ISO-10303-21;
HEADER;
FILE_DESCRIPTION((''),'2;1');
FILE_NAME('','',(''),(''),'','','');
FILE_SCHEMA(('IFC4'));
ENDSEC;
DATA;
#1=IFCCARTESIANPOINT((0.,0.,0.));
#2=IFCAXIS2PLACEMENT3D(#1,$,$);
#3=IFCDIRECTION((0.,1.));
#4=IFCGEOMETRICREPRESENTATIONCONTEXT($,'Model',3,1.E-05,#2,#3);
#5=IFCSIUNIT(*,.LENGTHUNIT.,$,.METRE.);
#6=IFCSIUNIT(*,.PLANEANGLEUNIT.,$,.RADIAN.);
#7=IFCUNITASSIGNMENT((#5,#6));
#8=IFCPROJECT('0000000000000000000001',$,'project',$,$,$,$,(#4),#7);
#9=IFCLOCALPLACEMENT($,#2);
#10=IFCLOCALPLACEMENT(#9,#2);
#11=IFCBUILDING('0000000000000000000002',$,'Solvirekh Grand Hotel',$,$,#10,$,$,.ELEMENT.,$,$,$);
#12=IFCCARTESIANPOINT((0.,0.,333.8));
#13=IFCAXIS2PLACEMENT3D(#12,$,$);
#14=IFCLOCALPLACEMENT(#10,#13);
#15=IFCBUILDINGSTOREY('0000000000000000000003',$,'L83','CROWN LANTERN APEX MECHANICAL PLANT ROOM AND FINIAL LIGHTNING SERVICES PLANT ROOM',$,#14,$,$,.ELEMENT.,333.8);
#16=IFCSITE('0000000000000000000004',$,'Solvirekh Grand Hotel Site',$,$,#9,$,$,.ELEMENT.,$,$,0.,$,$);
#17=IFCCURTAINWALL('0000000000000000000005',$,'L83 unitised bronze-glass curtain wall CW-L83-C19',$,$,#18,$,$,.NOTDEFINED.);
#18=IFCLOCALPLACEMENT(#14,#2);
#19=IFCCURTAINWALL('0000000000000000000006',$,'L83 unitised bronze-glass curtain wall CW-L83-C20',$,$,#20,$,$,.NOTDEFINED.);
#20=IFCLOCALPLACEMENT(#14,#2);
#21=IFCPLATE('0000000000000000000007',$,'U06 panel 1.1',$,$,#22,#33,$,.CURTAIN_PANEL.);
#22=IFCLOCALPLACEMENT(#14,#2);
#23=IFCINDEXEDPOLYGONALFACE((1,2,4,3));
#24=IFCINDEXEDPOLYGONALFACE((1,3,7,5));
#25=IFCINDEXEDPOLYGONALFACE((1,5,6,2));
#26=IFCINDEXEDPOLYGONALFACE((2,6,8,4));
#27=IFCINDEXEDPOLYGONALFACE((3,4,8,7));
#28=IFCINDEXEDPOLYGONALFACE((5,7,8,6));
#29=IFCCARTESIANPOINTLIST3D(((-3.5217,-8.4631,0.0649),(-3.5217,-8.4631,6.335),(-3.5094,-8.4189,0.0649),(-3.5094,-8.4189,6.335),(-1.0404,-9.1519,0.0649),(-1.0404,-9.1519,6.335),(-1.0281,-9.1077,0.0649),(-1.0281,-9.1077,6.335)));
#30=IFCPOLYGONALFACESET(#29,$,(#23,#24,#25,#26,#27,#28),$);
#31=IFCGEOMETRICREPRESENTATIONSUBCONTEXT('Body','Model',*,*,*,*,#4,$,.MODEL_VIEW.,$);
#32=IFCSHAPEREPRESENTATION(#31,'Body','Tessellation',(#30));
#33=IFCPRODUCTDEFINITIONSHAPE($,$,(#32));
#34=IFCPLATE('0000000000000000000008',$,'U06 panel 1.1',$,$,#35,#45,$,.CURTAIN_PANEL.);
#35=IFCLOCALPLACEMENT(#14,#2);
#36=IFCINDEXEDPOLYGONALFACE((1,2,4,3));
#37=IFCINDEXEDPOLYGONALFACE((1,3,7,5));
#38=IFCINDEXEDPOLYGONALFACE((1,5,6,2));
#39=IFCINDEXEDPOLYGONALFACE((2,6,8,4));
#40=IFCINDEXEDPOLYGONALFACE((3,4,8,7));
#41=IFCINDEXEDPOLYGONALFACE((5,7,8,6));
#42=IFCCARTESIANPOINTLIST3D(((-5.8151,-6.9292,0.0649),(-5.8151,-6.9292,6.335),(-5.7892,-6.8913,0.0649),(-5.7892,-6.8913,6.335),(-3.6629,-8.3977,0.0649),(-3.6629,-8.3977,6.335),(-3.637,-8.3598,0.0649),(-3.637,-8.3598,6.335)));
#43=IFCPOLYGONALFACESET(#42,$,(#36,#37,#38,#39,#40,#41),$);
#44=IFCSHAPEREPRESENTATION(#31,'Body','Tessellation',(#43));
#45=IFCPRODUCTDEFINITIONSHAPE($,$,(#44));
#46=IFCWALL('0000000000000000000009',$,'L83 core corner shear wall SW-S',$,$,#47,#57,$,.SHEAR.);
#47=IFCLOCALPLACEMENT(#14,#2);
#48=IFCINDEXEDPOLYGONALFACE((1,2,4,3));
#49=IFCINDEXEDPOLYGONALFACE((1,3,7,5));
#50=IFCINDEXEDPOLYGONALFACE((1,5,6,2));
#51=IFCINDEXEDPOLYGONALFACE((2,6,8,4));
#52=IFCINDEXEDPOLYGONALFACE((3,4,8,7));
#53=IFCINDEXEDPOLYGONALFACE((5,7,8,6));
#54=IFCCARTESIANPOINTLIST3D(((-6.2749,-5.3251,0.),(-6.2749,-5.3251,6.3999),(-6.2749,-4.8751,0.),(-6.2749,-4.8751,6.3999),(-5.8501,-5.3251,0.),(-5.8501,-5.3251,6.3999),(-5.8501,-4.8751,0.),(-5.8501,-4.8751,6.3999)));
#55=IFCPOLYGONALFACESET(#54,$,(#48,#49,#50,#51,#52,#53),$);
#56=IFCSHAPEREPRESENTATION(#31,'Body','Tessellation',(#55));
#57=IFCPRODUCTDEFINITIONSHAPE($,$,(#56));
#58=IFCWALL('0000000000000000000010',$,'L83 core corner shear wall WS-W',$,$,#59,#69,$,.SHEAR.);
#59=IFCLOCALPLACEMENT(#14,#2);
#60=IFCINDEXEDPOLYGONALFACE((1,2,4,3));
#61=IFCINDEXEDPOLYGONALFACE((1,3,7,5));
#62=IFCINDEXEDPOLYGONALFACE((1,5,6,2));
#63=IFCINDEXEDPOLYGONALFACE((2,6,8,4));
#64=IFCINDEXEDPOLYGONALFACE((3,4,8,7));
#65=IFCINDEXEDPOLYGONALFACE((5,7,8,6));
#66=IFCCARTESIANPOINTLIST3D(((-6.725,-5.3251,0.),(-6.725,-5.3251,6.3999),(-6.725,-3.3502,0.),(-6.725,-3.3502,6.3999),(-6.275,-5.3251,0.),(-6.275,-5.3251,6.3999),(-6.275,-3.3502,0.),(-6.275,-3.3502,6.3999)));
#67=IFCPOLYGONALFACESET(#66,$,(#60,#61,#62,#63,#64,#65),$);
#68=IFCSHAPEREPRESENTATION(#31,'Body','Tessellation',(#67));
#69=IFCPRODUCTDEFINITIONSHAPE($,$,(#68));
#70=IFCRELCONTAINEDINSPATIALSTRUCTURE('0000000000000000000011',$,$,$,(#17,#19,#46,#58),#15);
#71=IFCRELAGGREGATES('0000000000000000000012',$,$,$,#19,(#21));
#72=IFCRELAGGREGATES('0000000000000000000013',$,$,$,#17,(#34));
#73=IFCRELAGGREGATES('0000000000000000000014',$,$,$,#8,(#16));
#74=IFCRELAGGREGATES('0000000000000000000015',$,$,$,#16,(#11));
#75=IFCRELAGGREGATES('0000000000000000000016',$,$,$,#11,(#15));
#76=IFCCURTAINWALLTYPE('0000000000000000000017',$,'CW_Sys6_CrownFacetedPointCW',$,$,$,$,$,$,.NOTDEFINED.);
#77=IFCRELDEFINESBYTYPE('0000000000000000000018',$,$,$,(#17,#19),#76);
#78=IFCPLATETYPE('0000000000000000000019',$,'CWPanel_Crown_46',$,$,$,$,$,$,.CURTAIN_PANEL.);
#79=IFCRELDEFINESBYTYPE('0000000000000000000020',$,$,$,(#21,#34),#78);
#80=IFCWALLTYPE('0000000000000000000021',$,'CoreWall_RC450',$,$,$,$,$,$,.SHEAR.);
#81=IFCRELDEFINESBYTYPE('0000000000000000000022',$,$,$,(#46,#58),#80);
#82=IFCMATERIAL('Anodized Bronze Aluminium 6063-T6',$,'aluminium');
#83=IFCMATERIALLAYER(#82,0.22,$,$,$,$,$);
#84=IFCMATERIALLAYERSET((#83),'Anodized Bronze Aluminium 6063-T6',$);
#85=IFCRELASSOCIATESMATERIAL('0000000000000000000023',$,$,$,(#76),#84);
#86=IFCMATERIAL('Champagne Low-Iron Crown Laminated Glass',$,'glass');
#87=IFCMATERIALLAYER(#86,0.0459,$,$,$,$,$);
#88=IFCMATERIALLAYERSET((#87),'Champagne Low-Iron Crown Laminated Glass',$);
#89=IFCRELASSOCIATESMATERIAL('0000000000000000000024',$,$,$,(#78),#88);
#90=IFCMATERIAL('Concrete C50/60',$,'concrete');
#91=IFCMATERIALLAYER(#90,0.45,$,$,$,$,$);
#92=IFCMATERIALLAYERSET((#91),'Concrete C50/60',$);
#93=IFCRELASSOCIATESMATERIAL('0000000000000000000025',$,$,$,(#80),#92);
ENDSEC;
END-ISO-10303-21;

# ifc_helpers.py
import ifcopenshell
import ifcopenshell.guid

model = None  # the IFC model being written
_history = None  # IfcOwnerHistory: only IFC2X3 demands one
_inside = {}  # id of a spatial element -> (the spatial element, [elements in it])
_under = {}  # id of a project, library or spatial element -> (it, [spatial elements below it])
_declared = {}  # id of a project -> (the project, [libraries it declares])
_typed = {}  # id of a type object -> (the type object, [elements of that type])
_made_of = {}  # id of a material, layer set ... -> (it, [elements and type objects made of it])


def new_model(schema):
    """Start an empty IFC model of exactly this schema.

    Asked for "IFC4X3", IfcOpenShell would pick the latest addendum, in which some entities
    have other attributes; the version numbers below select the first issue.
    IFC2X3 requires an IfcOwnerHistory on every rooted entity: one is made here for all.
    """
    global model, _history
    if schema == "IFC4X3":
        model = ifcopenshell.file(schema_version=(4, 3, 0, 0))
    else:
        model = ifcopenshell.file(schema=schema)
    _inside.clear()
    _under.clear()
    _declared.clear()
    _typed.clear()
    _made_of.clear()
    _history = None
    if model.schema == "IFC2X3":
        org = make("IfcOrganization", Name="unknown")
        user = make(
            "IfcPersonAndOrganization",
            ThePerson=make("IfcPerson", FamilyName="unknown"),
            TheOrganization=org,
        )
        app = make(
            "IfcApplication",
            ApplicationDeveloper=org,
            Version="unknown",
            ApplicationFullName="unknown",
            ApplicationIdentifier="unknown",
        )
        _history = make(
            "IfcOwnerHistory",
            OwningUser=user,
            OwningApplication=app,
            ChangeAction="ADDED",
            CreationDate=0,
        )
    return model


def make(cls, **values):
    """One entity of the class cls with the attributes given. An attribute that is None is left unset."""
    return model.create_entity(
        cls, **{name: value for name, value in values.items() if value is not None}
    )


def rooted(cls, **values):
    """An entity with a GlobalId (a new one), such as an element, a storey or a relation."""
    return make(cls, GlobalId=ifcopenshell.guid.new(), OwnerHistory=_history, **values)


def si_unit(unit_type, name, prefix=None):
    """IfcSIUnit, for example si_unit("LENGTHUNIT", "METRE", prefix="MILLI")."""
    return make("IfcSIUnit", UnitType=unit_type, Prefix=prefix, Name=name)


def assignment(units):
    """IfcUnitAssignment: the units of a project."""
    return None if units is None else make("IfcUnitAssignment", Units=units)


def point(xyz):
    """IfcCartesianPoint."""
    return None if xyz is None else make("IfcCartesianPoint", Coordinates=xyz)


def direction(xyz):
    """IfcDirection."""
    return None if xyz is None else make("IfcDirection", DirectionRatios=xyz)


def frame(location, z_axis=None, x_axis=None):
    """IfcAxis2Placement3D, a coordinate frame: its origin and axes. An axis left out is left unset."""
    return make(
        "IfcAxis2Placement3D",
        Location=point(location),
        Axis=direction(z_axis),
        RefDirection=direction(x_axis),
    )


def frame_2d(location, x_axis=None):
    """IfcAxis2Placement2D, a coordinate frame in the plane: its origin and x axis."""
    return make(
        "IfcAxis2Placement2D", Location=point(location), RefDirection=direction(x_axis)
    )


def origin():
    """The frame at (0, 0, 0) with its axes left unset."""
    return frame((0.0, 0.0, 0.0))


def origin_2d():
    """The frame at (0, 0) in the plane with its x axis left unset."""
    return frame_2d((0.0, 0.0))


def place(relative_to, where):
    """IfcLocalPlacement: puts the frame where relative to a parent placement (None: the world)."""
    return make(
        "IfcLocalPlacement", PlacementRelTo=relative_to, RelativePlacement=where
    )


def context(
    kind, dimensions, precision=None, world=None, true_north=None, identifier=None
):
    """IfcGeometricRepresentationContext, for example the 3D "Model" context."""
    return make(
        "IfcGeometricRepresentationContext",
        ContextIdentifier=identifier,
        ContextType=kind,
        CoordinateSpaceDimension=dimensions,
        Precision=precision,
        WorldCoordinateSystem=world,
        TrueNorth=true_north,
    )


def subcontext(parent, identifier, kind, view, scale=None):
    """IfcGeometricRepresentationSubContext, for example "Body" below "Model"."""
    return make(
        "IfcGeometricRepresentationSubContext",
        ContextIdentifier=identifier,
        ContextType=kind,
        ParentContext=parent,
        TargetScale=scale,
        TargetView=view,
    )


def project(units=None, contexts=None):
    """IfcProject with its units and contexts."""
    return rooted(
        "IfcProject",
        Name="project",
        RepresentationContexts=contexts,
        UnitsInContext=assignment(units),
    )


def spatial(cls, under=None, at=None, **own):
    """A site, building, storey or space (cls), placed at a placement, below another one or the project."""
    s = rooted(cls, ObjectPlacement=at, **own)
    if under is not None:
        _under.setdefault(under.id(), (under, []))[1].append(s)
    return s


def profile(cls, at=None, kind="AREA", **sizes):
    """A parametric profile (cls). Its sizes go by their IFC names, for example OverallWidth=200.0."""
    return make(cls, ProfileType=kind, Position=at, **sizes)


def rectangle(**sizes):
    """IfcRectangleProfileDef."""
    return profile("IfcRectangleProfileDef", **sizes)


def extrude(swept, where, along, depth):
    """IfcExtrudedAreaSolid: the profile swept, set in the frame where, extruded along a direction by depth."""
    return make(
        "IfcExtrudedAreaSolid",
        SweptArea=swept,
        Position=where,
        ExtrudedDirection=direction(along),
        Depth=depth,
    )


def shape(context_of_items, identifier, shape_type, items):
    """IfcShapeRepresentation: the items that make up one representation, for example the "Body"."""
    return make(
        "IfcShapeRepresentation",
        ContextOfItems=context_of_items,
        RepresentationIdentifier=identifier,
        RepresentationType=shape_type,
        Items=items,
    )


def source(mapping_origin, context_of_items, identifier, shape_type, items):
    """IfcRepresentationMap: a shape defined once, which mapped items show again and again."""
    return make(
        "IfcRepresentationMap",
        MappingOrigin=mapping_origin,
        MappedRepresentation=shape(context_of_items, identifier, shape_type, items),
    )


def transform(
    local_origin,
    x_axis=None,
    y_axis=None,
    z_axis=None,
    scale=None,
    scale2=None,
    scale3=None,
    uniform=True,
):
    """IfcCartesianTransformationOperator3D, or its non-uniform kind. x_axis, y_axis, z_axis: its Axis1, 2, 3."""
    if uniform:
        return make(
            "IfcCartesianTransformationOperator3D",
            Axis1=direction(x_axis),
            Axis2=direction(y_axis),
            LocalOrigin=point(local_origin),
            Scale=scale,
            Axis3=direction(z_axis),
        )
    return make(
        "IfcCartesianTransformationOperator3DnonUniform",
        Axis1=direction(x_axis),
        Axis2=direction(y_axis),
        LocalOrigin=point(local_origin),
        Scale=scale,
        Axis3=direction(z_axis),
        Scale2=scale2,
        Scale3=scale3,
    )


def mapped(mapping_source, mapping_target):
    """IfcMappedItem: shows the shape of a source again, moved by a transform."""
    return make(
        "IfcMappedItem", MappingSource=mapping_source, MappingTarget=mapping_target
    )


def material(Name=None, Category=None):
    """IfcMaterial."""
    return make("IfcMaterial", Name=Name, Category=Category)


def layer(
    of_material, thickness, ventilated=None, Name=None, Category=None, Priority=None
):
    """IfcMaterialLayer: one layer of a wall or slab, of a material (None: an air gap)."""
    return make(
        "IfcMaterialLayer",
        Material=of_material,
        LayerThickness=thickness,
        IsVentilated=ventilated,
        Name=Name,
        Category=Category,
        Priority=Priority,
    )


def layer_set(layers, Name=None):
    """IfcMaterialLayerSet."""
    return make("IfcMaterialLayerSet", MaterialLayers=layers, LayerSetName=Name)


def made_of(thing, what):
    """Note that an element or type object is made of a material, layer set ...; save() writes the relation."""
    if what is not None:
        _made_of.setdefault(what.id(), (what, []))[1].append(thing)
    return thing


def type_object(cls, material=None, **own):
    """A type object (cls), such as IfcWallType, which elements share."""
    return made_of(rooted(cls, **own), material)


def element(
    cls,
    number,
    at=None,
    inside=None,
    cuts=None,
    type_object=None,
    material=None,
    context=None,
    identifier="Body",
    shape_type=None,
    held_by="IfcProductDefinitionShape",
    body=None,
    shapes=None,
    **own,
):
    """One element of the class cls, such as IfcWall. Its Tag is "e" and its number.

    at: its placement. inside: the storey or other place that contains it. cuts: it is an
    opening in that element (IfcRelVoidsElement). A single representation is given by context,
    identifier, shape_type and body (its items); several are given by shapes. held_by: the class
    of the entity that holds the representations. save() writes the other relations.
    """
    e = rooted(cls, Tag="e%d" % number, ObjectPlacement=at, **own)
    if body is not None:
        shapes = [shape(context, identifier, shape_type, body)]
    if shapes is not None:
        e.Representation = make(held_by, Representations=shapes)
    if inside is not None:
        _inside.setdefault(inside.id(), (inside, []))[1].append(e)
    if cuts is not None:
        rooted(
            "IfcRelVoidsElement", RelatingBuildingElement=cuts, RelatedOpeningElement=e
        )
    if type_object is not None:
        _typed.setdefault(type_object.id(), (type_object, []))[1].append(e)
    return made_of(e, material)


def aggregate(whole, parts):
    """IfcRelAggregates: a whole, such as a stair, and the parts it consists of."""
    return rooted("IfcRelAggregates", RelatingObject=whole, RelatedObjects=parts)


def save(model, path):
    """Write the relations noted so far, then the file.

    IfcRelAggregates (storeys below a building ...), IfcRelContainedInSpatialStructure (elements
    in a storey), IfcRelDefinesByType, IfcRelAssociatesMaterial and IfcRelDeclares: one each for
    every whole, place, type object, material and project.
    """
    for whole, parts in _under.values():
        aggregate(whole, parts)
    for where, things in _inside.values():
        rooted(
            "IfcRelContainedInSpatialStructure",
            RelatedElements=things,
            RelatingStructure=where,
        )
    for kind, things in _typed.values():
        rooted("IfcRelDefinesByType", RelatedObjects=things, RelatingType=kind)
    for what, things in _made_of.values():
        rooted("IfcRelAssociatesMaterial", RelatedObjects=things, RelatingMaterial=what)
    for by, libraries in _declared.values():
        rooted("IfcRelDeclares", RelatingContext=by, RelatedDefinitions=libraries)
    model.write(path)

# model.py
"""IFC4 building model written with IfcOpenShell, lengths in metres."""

from ifc_helpers import new_model, si_unit, direction, frame, frame_2d, origin, origin_2d, place, context, subcontext, project, spatial, rectangle, extrude, source, transform, mapped, material, layer, layer_set, type_object, element, aggregate, save


model = new_model("IFC4")

# Units and contexts
model_context = context("Model", 3, precision=1e-05, world=origin(), true_north=direction((0.0, 1.0)))
body_context = subcontext(model_context, "Body", "Model", "MODEL_VIEW")
ifc_project = project(units=[si_unit("LENGTHUNIT", "METRE"), si_unit("PLANEANGLEUNIT", "RADIAN")], contexts=[model_context])

# Site, building, storey
site_placement = place(None, origin())
site = spatial("IfcSite", under=ifc_project, at=site_placement, Name="Solvirekh Grand Hotel Site", CompositionType="ELEMENT", RefElevation=0.0)
building_placement = place(site_placement, origin())
building = spatial("IfcBuilding", under=site, at=building_placement, Name="Solvirekh Grand Hotel", CompositionType="ELEMENT")
storey_placement = place(building_placement, frame((0.0, 0.0, 333.8)))
storey = spatial("IfcBuildingStorey", under=building, at=storey_placement, Name="L83", Description="CROWN LANTERN APEX MECHANICAL PLANT ROOM AND FINIAL LIGHTNING SERVICES PLANT ROOM", CompositionType="ELEMENT", Elevation=333.8)

# Shared definitions
ifc_material_1 = material(Name="Concrete C50/60", Category="concrete")

# Shared definitions
ifc_material_2 = material(Name="Anodized Bronze Aluminium 6063-T6", Category="aluminium")
ifc_layer_1 = layer(ifc_material_2, 0.22)
ifc_layer_set_1 = layer_set([ifc_layer_1], Name="Anodized Bronze Aluminium 6063-T6")
curtain_wall_type = type_object("IfcCurtainWallType", Name="CW_Sys6_CrownFacetedPointCW", PredefinedType="NOTDEFINED", material=ifc_layer_set_1)

# Curtain walls
curtain_wall_1_placement = place(storey_placement, origin())
curtain_wall_1 = element("IfcCurtainWall", 1, at=curtain_wall_1_placement, inside=storey, type_object=curtain_wall_type, Name="L83 unitised bronze-glass curtain wall CW-L83-C19", PredefinedType="NOTDEFINED")
curtain_wall_2_placement = place(storey_placement, origin())
curtain_wall_2 = element("IfcCurtainWall", 2, at=curtain_wall_2_placement, inside=storey, type_object=curtain_wall_type, Name="L83 unitised bronze-glass curtain wall CW-L83-C20", PredefinedType="NOTDEFINED")

# Plates
ifc_material_3 = material(Name="Champagne Low-Iron Crown Laminated Glass", Category="glass")
ifc_layer_2 = layer(ifc_material_3, 0.0459)
ifc_layer_set_2 = layer_set([ifc_layer_2], Name="Champagne Low-Iron Crown Laminated Glass")
plate_type_1 = type_object("IfcPlateType", Name="CWPanel_Crown_46", PredefinedType="CURTAIN_PANEL", material=ifc_layer_set_2)
shared_shape_1 = source(origin(), body_context, "Body", "SweptSolid", [
    extrude(rectangle(XDim=2.5752, YDim=0.0459, at=origin_2d()), origin(), (0.0, 0.0, 1.0), 6.27),
])
plate_1_placement = place(storey_placement, frame((-2.2749, -8.7854, 0.0649), z_axis=(0.0, 0.0, 1.0), x_axis=(0.96356, -0.267492, 0.0)))
plate_1 = element("IfcPlate", 3, at=plate_1_placement, type_object=plate_type_1, Name="U06 panel 1.1", PredefinedType="CURTAIN_PANEL", context=body_context, shape_type="MappedRepresentation", body=[
    mapped(shared_shape_1, transform((0.0, 0.0, 0.0), x_axis=(1.0, 0.0, 0.0), y_axis=(0.0, 1.0, 0.0), z_axis=(0.0, 0.0, 1.0), scale=1.0)),
])
aggregate(curtain_wall_2, [plate_1])
shared_shape_2 = source(origin(), body_context, "Body", "SweptSolid", [
    extrude(rectangle(XDim=2.6055, YDim=0.0459, at=origin_2d()), origin(), (0.0, 0.0, 1.0), 6.27),
])
plate_2_placement = place(storey_placement, frame((-4.7261, -7.6445, 0.0649), z_axis=(0.0, 0.0, 1.0), x_axis=(0.826028, -0.56363, 0.0)))
plate_2 = element("IfcPlate", 4, at=plate_2_placement, type_object=plate_type_1, Name="U06 panel 1.1", PredefinedType="CURTAIN_PANEL", context=body_context, shape_type="MappedRepresentation", body=[
    mapped(shared_shape_2, transform((0.0, 0.0, 0.0), x_axis=(1.0, 0.0, 0.0), y_axis=(0.0, 1.0, 0.0), z_axis=(0.0, 0.0, 1.0), scale=1.0)),
])
aggregate(curtain_wall_1, [plate_2])

# Walls
ifc_layer_3 = layer(ifc_material_1, 0.45)
ifc_layer_set_3 = layer_set([ifc_layer_3], Name="Concrete C50/60")
wall_type = type_object("IfcWallType", Name="CoreWall_RC450", PredefinedType="SHEAR", material=ifc_layer_set_3)
wall_1_placement = place(storey_placement, frame((-6.2749, -5.1001, 0.0), z_axis=(0.0, 0.0, 1.0), x_axis=(1.0, 0.0, 0.0)))
element("IfcWall", 5, at=wall_1_placement, inside=storey, type_object=wall_type, Name="L83 core corner shear wall SW-S", PredefinedType="SHEAR", context=body_context, shape_type="SweptSolid", body=[
    extrude(rectangle(XDim=0.4248, YDim=0.45, at=frame_2d((0.2124, 0.0))), origin(), (0.0, 0.0, 1.0), 6.3999),
])
wall_2_placement = place(storey_placement, frame((-6.5, -5.325, 0.0), z_axis=(0.0, 0.0, 1.0), x_axis=(0.0, 1.0, 0.0)))
element("IfcWall", 6, at=wall_2_placement, inside=storey, type_object=wall_type, Name="L83 core corner shear wall WS-W", PredefinedType="SHEAR", context=body_context, shape_type="SweptSolid", body=[
    extrude(rectangle(XDim=1.9749, YDim=0.45, at=frame_2d((0.9873, 0.0))), origin(), (0.0, 0.0, 1.0), 6.3999),
])

save(model, "model.ifc")
